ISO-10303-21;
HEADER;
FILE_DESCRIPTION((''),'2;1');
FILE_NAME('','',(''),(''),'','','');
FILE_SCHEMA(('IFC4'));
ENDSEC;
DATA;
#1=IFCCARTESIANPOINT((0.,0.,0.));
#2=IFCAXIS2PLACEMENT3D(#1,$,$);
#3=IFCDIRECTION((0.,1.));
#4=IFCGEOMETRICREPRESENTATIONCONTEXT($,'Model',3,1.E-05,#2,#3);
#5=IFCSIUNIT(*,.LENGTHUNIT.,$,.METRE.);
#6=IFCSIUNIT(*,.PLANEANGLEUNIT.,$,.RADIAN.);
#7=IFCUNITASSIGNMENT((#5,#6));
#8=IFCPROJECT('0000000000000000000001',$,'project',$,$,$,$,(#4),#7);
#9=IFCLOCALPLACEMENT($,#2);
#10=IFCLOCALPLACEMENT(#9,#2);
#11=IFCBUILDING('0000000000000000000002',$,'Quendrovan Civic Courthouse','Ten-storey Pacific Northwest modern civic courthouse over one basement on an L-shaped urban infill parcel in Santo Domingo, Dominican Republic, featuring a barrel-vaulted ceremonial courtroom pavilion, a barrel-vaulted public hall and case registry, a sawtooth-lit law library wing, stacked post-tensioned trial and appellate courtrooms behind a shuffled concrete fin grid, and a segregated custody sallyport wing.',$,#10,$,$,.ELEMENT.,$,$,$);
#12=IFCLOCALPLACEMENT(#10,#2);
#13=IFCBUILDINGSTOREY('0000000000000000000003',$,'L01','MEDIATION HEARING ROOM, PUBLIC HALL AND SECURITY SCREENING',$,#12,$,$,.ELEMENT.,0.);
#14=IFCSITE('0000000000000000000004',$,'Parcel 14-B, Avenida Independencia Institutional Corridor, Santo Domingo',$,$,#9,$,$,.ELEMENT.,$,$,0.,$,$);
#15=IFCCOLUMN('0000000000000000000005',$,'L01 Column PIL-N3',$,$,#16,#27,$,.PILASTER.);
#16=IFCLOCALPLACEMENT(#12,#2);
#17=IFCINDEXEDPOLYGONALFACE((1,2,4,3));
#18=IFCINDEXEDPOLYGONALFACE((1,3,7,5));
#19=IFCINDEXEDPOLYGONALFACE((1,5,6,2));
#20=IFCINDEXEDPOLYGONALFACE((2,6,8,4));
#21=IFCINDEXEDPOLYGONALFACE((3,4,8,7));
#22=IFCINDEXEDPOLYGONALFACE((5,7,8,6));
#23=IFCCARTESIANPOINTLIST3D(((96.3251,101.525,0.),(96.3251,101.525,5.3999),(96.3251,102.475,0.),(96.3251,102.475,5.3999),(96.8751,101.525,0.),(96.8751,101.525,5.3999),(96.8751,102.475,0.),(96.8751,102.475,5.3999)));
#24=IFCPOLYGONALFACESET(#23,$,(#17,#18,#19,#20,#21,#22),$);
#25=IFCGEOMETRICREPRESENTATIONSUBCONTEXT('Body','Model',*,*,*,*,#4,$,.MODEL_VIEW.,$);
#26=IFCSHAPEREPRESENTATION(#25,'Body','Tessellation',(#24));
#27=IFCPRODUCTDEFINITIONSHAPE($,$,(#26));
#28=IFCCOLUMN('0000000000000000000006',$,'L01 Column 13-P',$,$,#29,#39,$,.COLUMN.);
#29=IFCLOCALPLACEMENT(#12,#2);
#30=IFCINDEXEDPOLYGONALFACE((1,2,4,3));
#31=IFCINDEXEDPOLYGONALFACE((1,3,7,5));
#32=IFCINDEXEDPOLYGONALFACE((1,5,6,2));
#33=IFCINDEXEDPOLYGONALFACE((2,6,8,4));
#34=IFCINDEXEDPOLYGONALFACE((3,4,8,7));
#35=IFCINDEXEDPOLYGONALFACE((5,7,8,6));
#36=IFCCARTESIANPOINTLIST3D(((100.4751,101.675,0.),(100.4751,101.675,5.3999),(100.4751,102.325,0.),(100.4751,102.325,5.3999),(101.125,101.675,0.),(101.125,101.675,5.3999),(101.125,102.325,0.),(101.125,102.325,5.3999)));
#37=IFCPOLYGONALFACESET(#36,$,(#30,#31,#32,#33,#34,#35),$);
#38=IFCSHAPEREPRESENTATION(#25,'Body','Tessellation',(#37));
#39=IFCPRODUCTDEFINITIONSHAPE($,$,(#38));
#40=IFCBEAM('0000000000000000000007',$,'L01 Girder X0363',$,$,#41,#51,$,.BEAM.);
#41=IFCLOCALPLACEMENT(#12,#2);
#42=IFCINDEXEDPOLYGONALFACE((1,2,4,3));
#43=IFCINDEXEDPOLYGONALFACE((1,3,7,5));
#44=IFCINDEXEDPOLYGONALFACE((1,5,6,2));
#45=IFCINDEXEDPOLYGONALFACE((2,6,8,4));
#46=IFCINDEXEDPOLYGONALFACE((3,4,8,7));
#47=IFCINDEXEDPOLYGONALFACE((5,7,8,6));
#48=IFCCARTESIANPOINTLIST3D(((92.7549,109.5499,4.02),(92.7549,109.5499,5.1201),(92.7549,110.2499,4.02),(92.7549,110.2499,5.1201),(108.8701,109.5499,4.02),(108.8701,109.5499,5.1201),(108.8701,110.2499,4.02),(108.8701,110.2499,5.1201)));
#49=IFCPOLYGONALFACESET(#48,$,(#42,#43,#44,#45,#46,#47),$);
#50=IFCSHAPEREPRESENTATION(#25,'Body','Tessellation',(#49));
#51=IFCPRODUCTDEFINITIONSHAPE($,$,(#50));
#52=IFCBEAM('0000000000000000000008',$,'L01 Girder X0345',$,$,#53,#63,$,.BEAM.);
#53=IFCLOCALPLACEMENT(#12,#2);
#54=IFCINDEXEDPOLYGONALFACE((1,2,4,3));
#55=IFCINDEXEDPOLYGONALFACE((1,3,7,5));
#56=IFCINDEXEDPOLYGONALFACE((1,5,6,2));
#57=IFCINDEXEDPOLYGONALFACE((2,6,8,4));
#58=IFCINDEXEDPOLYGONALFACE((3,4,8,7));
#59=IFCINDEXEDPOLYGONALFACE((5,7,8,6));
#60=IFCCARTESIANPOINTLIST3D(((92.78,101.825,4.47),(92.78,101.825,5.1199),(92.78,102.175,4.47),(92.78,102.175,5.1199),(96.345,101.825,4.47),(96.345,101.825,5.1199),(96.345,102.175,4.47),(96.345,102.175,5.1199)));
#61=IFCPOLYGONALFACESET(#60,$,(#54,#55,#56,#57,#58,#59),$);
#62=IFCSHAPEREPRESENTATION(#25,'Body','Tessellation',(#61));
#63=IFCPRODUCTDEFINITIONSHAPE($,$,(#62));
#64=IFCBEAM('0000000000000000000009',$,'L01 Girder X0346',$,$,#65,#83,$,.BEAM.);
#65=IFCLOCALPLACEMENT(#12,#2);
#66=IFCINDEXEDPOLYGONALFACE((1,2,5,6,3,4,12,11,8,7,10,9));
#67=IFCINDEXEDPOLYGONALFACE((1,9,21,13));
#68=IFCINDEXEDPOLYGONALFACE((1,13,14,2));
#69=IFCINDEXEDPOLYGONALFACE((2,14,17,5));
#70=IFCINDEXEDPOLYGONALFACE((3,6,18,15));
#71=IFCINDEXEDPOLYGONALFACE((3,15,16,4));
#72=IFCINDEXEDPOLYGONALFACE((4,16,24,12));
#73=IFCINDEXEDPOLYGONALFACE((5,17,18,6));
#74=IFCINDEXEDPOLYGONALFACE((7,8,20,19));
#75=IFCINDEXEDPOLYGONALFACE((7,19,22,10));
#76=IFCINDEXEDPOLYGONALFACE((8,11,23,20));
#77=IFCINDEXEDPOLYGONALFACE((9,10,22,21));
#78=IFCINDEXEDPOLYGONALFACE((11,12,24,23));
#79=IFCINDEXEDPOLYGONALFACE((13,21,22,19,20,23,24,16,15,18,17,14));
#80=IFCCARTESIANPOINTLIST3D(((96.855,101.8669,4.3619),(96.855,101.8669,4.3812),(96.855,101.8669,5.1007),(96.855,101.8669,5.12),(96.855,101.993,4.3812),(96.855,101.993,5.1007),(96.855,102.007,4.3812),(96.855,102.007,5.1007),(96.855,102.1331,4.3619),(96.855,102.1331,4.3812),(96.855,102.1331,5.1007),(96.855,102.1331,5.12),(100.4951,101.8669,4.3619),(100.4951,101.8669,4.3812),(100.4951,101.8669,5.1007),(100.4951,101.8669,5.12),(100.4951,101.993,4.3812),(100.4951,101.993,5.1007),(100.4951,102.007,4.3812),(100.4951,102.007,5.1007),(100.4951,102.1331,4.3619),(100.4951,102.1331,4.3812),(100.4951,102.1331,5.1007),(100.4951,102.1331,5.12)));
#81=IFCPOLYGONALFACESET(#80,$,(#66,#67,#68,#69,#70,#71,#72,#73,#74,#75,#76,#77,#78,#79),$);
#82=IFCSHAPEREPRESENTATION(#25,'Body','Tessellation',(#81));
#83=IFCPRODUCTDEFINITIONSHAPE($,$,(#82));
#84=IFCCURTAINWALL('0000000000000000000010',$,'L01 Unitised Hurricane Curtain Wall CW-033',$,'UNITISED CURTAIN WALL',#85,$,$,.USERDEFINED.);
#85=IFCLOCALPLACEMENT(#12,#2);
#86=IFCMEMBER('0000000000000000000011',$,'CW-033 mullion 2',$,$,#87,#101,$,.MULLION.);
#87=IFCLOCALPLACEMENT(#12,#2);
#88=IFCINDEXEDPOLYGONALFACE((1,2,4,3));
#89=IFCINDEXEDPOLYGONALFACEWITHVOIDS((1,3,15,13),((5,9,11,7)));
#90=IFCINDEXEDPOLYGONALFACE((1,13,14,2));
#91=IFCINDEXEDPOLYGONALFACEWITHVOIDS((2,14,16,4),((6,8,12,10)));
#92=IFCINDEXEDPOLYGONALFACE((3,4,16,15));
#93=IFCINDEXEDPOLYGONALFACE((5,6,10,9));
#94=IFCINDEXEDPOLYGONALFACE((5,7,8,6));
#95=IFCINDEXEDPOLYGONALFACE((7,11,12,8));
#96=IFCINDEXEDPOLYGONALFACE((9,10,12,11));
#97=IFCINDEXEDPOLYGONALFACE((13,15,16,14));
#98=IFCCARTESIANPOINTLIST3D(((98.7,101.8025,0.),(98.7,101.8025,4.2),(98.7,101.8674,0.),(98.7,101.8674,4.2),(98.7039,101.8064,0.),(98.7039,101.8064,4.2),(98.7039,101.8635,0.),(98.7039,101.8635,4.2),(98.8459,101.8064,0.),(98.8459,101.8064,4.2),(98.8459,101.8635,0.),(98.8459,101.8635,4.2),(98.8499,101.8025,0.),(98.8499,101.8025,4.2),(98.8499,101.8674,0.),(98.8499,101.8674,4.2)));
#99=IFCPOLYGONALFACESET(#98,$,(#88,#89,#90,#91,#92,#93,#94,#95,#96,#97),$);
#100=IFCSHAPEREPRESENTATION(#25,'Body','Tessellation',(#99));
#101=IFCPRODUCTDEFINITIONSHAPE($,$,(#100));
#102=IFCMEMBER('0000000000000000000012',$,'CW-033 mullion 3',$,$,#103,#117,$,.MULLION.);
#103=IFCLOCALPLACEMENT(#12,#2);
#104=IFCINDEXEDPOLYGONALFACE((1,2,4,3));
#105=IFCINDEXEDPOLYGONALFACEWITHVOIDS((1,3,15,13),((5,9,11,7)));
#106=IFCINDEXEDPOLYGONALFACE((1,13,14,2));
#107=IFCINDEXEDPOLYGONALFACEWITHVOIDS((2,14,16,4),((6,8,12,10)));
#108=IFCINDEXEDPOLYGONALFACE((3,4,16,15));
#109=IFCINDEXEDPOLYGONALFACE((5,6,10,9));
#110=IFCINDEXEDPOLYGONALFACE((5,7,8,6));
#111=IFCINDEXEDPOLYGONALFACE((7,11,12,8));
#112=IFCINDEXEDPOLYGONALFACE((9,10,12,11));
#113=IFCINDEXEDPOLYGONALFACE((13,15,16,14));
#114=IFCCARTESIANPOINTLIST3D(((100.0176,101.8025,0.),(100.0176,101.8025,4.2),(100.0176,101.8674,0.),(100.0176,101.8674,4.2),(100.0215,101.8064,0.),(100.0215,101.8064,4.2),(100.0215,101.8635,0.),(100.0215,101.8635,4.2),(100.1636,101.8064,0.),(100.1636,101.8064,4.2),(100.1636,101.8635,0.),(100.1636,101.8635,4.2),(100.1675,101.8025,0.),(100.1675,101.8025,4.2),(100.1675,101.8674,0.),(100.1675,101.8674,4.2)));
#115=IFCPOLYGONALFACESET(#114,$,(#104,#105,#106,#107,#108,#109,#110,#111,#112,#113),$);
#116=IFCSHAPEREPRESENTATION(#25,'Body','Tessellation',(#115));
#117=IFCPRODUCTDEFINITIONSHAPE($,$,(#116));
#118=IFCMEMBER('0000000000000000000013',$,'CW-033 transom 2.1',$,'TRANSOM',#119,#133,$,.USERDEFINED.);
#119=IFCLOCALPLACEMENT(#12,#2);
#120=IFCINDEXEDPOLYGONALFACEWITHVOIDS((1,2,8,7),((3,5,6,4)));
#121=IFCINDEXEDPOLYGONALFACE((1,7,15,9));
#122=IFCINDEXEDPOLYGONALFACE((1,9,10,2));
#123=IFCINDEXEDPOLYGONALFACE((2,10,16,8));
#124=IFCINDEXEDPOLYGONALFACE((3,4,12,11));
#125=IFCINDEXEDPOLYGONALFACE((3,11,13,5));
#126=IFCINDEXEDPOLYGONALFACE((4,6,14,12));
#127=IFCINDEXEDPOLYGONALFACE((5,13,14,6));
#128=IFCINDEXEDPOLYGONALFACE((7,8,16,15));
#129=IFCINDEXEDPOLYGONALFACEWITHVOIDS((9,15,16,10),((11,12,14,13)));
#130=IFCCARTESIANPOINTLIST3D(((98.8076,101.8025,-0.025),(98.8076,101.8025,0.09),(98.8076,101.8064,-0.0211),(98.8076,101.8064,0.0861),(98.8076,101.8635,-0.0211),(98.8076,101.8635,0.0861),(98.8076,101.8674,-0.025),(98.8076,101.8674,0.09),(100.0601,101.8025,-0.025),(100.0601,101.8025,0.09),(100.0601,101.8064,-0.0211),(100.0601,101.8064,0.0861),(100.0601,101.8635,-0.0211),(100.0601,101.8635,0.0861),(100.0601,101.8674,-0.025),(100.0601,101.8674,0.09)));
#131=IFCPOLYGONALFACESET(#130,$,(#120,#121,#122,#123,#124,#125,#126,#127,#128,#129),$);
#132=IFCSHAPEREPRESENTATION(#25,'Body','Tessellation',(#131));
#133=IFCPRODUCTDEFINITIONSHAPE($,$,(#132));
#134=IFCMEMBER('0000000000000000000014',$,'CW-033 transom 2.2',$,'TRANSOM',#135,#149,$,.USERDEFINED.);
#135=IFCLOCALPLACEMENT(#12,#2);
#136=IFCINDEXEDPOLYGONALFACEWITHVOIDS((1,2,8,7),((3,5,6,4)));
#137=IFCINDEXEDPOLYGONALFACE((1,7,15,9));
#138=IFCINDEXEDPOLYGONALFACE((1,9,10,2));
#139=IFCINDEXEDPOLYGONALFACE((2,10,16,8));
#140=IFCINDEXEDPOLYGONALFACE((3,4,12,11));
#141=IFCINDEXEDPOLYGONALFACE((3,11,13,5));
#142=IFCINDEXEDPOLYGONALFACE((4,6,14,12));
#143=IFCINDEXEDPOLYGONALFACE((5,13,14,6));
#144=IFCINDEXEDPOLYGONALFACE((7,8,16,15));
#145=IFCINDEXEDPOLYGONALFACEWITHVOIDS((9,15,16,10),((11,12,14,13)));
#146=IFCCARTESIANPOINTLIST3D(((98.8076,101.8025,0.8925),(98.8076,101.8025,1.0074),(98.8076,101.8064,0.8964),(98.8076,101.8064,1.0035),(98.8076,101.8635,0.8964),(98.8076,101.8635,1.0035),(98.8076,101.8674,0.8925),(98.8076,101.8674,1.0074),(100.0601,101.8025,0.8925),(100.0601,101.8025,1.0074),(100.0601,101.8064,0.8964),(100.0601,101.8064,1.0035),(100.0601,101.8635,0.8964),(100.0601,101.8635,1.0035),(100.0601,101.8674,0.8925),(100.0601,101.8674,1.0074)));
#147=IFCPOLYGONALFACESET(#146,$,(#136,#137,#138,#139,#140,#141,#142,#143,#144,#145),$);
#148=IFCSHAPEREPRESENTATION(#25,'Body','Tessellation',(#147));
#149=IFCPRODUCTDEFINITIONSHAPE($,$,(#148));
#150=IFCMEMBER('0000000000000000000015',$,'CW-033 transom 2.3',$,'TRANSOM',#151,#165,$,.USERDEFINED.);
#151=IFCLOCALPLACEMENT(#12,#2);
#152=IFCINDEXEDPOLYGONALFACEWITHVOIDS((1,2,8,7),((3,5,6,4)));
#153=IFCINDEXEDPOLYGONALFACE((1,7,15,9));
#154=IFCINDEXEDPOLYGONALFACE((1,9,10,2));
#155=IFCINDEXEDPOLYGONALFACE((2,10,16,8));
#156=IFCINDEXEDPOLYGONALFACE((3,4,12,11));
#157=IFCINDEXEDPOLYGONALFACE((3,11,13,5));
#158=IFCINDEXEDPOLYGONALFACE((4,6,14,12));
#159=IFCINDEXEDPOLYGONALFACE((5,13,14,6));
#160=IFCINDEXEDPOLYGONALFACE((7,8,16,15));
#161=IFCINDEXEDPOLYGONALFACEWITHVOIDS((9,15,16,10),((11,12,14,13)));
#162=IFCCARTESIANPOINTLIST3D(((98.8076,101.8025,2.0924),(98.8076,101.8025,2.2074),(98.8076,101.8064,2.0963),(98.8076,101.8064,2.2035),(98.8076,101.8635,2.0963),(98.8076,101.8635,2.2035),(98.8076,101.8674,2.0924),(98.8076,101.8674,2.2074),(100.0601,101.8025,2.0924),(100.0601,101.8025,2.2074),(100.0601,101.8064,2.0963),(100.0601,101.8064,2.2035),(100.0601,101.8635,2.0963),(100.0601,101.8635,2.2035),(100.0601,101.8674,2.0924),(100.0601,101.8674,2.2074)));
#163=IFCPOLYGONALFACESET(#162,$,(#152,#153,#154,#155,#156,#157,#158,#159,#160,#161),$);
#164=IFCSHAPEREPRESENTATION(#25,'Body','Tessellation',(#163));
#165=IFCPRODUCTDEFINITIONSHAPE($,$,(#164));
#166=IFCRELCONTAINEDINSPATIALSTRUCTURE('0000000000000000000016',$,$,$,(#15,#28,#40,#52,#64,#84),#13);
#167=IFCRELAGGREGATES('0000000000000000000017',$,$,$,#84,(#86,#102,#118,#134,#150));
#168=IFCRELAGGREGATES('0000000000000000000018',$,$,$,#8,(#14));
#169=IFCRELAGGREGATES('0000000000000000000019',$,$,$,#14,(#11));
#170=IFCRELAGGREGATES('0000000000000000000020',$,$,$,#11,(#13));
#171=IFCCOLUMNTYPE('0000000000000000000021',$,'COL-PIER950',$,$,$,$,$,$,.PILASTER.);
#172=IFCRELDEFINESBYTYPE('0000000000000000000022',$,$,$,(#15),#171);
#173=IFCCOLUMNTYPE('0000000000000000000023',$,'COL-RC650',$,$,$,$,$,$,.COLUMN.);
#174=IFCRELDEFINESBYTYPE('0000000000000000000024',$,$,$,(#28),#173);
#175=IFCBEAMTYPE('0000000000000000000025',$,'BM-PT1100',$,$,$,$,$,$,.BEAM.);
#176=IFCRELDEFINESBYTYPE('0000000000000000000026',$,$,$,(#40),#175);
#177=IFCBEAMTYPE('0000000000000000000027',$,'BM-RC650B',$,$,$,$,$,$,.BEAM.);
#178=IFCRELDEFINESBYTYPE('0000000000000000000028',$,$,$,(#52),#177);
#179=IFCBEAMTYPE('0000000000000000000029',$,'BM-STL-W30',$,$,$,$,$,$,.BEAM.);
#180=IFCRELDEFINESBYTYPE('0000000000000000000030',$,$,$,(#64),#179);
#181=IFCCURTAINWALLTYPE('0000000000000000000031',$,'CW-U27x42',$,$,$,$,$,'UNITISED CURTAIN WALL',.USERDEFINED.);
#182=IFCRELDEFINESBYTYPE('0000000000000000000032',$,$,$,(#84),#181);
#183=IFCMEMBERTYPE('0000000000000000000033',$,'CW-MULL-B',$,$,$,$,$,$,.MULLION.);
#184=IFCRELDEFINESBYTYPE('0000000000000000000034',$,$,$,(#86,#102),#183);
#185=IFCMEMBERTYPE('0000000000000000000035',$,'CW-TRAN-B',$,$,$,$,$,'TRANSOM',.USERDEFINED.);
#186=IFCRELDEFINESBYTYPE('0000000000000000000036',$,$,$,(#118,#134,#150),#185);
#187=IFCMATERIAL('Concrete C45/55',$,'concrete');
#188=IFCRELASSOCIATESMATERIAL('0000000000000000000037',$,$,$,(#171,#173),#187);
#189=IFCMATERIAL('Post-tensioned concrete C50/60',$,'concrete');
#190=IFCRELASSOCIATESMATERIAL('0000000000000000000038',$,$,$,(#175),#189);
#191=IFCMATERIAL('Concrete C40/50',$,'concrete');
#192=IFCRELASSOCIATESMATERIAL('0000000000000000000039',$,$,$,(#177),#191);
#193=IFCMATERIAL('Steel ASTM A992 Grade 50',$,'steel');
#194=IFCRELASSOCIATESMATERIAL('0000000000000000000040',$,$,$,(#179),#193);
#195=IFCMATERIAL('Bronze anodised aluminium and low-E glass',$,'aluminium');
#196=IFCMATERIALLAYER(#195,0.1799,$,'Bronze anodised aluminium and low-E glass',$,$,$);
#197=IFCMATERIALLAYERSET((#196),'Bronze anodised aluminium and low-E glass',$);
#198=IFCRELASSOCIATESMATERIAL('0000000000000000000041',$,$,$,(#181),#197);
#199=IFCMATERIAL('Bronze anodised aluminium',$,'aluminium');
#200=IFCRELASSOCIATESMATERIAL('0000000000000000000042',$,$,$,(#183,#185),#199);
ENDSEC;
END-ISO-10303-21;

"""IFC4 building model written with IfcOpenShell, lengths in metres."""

from ifc_helpers import new_model, si_unit, direction, frame, origin, origin_2d, place, context, subcontext, project, spatial, rectangle, hollow_rectangle, i_section, extrude, material, layer, layer_set, material_profile, profile_set, type_object, element, aggregate, save


model = new_model("IFC4")

# Units and contexts
model_context = context("Model", 3, precision=1e-05, world=origin(), true_north=direction((0.0, 1.0)))
body_context = subcontext(model_context, "Body", "Model", "MODEL_VIEW")
ifc_project = project(units=[si_unit("LENGTHUNIT", "METRE"), si_unit("PLANEANGLEUNIT", "RADIAN")], contexts=[model_context])

# Site, building, storey
site_placement = place(None, origin())
site = spatial("IfcSite", under=ifc_project, at=site_placement, Name="Parcel 14-B, Avenida Independencia Institutional Corridor, Santo Domingo", CompositionType="ELEMENT", RefElevation=0.0)
building_placement = place(site_placement, origin())
building = spatial("IfcBuilding", under=site, at=building_placement, Name="Quendrovan Civic Courthouse", Description="Ten-storey Pacific Northwest modern civic courthouse over one basement on an L-shaped urban infill parcel in Santo Domingo, Dominican Republic, featuring a barrel-vaulted ceremonial courtroom pavilion, a barrel-vaulted public hall and case registry, a sawtooth-lit law library wing, stacked post-tensioned trial and appellate courtrooms behind a shuffled concrete fin grid, and a segregated custody sallyport wing.", CompositionType="ELEMENT")
storey_placement = place(building_placement, origin())
storey = spatial("IfcBuildingStorey", under=building, at=storey_placement, Name="L01", Description="MEDIATION HEARING ROOM, PUBLIC HALL AND SECURITY SCREENING", CompositionType="ELEMENT", Elevation=0.0)

# Columns
ifc_material_1 = material(Name="Concrete C45/55", Category="concrete")
ifc_material_profile_1 = material_profile(ifc_material_1, rectangle(XDim=0.55, YDim=0.95, at=origin_2d()), Name="RC-PIER-550x950")
ifc_profile_set_1 = profile_set([ifc_material_profile_1], Name="Concrete C45/55")
column_type_1 = type_object("IfcColumnType", Name="COL-PIER950", PredefinedType="PILASTER", material=ifc_profile_set_1)
column_1_placement = place(storey_placement, frame((96.6001, 102.0, 0.0), z_axis=(0.0, 0.0, 1.0), x_axis=(1.0, 0.0, 0.0)))
element("IfcColumn", 1, at=column_1_placement, inside=storey, type_object=column_type_1, Name="L01 Column PIL-N3", PredefinedType="PILASTER", context=body_context, shape_type="SweptSolid", body=[
    extrude(rectangle(XDim=0.55, YDim=0.95, at=origin_2d()), origin(), (0.0, 0.0, 1.0), 5.3999),
])
ifc_material_profile_2 = material_profile(ifc_material_1, rectangle(XDim=0.6499, YDim=0.6499, at=origin_2d()), Name="RC-COL-650x650")
ifc_profile_set_2 = profile_set([ifc_material_profile_2], Name="Concrete C45/55")
column_type_2 = type_object("IfcColumnType", Name="COL-RC650", PredefinedType="COLUMN", material=ifc_profile_set_2)
column_2_placement = place(storey_placement, frame((100.8, 102.0, 0.0), z_axis=(0.0, 0.0, 1.0), x_axis=(1.0, 0.0, 0.0)))
element("IfcColumn", 2, at=column_2_placement, inside=storey, type_object=column_type_2, Name="L01 Column 13-P", PredefinedType="COLUMN", context=body_context, shape_type="SweptSolid", body=[
    extrude(rectangle(XDim=0.6499, YDim=0.6499, at=origin_2d()), origin(), (0.0, 0.0, 1.0), 5.3999),
])

# Beams
ifc_material_2 = material(Name="Post-tensioned concrete C50/60", Category="concrete")
ifc_material_profile_3 = material_profile(ifc_material_2, rectangle(XDim=0.7, YDim=1.1001, at=origin_2d()), Name="PT-GIRD-700x1100")
ifc_profile_set_3 = profile_set([ifc_material_profile_3], Name="Post-tensioned concrete C50/60")
beam_type_1 = type_object("IfcBeamType", Name="BM-PT1100", PredefinedType="BEAM", material=ifc_profile_set_3)
beam_1_placement = place(storey_placement, frame((92.7549, 109.8999, 4.5701), z_axis=(1.0, 0.0, 0.0), x_axis=(0.0, 1.0, 0.0)))
element("IfcBeam", 3, at=beam_1_placement, inside=storey, type_object=beam_type_1, Name="L01 Girder X0363", PredefinedType="BEAM", context=body_context, shape_type="SweptSolid", body=[
    extrude(rectangle(XDim=0.7, YDim=1.1001, at=origin_2d()), origin(), (0.0, 0.0, 1.0), 16.1152),
])
ifc_material_3 = material(Name="Concrete C40/50", Category="concrete")
ifc_material_profile_4 = material_profile(ifc_material_3, rectangle(XDim=0.3501, YDim=0.6499, at=origin_2d()), Name="RC-BM-350x650")
ifc_profile_set_4 = profile_set([ifc_material_profile_4], Name="Concrete C40/50")
beam_type_2 = type_object("IfcBeamType", Name="BM-RC650B", PredefinedType="BEAM", material=ifc_profile_set_4)
beam_2_placement = place(storey_placement, frame((92.78, 102.0, 4.7949), z_axis=(1.0, 0.0, 0.0), x_axis=(0.0, 1.0, 0.0)))
element("IfcBeam", 4, at=beam_2_placement, inside=storey, type_object=beam_type_2, Name="L01 Girder X0345", PredefinedType="BEAM", context=body_context, shape_type="SweptSolid", body=[
    extrude(rectangle(XDim=0.3501, YDim=0.6499, at=origin_2d()), origin(), (0.0, 0.0, 1.0), 3.5649),
])
ifc_material_4 = material(Name="Steel ASTM A992 Grade 50", Category="steel")
ifc_material_profile_5 = material_profile(ifc_material_4, i_section(OverallWidth=0.2661, OverallDepth=0.7581, WebThickness=0.0139, FlangeThickness=0.0193, at=origin_2d()), Name="W30X108")
ifc_profile_set_5 = profile_set([ifc_material_profile_5], Name="Steel ASTM A992 Grade 50")
beam_type_3 = type_object("IfcBeamType", Name="BM-STL-W30", PredefinedType="BEAM", material=ifc_profile_set_5)
beam_3_placement = place(storey_placement, frame((96.855, 102.0, 4.741), z_axis=(1.0, 0.0, 0.0), x_axis=(0.0, 1.0, 0.0)))
element("IfcBeam", 5, at=beam_3_placement, inside=storey, type_object=beam_type_3, Name="L01 Girder X0346", PredefinedType="BEAM", context=body_context, shape_type="SweptSolid", body=[
    extrude(i_section(OverallWidth=0.2661, OverallDepth=0.7581, WebThickness=0.0139, FlangeThickness=0.0193, at=origin_2d()), origin(), (0.0, 0.0, 1.0), 3.6401),
])

# Curtain wall, members
ifc_material_5 = material(Name="Bronze anodised aluminium and low-E glass", Category="aluminium")
ifc_layer_1 = layer(ifc_material_5, 0.1799, Name="Bronze anodised aluminium and low-E glass")
ifc_layer_set_1 = layer_set([ifc_layer_1], Name="Bronze anodised aluminium and low-E glass")
curtain_wall_type = type_object("IfcCurtainWallType", Name="CW-U27x42", ElementType="UNITISED CURTAIN WALL", PredefinedType="USERDEFINED", material=ifc_layer_set_1)
curtain_wall_placement = place(storey_placement, origin())
curtain_wall = element("IfcCurtainWall", 6, at=curtain_wall_placement, inside=storey, type_object=curtain_wall_type, Name="L01 Unitised Hurricane Curtain Wall CW-033", ObjectType="UNITISED CURTAIN WALL", PredefinedType="USERDEFINED")
ifc_material_6 = material(Name="Bronze anodised aluminium", Category="aluminium")
ifc_material_profile_6 = material_profile(ifc_material_6, hollow_rectangle(XDim=0.0649, YDim=0.1499, WallThickness=0.0039, at=origin_2d()), Name="CW-MULL-65x150")
ifc_profile_set_6 = profile_set([ifc_material_profile_6], Name="Bronze anodised aluminium")
member_type_1 = type_object("IfcMemberType", Name="CW-MULL-B", PredefinedType="MULLION", material=ifc_profile_set_6)
member_1_placement = place(storey_placement, frame((98.7749, 101.835, 0.0), z_axis=(0.0, 0.0, 1.0), x_axis=(0.0, 1.0, 0.0)))
member_1 = element("IfcMember", 7, at=member_1_placement, type_object=member_type_1, Name="CW-033 mullion 2", PredefinedType="MULLION", context=body_context, shape_type="SweptSolid", body=[
    extrude(hollow_rectangle(XDim=0.0649, YDim=0.1499, WallThickness=0.0039, at=origin_2d()), origin(), (0.0, 0.0, 1.0), 4.2),
])
member_2_placement = place(storey_placement, frame((100.0925, 101.835, 0.0), z_axis=(0.0, 0.0, 1.0), x_axis=(0.0, 1.0, 0.0)))
member_2 = element("IfcMember", 8, at=member_2_placement, type_object=member_type_1, Name="CW-033 mullion 3", PredefinedType="MULLION", context=body_context, shape_type="SweptSolid", body=[
    extrude(hollow_rectangle(XDim=0.0649, YDim=0.1499, WallThickness=0.0039, at=origin_2d()), origin(), (0.0, 0.0, 1.0), 4.2),
])
ifc_material_profile_7 = material_profile(ifc_material_6, hollow_rectangle(XDim=0.0649, YDim=0.115, WallThickness=0.0039, at=origin_2d()), Name="CW-TRAN-65x115")
ifc_profile_set_7 = profile_set([ifc_material_profile_7], Name="Bronze anodised aluminium")
member_type_2 = type_object("IfcMemberType", Name="CW-TRAN-B", ElementType="TRANSOM", PredefinedType="USERDEFINED", material=ifc_profile_set_7)
member_3_placement = place(storey_placement, frame((98.8076, 101.835, 0.0325), z_axis=(1.0, 0.0, 0.0), x_axis=(0.0, 1.0, 0.0)))
member_3 = element("IfcMember", 9, at=member_3_placement, type_object=member_type_2, Name="CW-033 transom 2.1", ObjectType="TRANSOM", PredefinedType="USERDEFINED", context=body_context, shape_type="SweptSolid", body=[
    extrude(hollow_rectangle(XDim=0.0649, YDim=0.115, WallThickness=0.0039, at=origin_2d()), origin(), (0.0, 0.0, 1.0), 1.2524),
])
member_4_placement = place(storey_placement, frame((98.8076, 101.835, 0.95), z_axis=(1.0, 0.0, 0.0), x_axis=(0.0, 1.0, 0.0)))
member_4 = element("IfcMember", 10, at=member_4_placement, type_object=member_type_2, Name="CW-033 transom 2.2", ObjectType="TRANSOM", PredefinedType="USERDEFINED", context=body_context, shape_type="SweptSolid", body=[
    extrude(hollow_rectangle(XDim=0.0649, YDim=0.115, WallThickness=0.0039, at=origin_2d()), origin(), (0.0, 0.0, 1.0), 1.2524),
])
member_5_placement = place(storey_placement, frame((98.8076, 101.835, 2.1499), z_axis=(1.0, 0.0, 0.0), x_axis=(0.0, 1.0, 0.0)))
member_5 = element("IfcMember", 11, at=member_5_placement, type_object=member_type_2, Name="CW-033 transom 2.3", ObjectType="TRANSOM", PredefinedType="USERDEFINED", context=body_context, shape_type="SweptSolid", body=[
    extrude(hollow_rectangle(XDim=0.0649, YDim=0.115, WallThickness=0.0039, at=origin_2d()), origin(), (0.0, 0.0, 1.0), 1.2524),
])
aggregate(curtain_wall, [member_1, member_2, member_3, member_4, member_5])

save(model, "model.ifc")
